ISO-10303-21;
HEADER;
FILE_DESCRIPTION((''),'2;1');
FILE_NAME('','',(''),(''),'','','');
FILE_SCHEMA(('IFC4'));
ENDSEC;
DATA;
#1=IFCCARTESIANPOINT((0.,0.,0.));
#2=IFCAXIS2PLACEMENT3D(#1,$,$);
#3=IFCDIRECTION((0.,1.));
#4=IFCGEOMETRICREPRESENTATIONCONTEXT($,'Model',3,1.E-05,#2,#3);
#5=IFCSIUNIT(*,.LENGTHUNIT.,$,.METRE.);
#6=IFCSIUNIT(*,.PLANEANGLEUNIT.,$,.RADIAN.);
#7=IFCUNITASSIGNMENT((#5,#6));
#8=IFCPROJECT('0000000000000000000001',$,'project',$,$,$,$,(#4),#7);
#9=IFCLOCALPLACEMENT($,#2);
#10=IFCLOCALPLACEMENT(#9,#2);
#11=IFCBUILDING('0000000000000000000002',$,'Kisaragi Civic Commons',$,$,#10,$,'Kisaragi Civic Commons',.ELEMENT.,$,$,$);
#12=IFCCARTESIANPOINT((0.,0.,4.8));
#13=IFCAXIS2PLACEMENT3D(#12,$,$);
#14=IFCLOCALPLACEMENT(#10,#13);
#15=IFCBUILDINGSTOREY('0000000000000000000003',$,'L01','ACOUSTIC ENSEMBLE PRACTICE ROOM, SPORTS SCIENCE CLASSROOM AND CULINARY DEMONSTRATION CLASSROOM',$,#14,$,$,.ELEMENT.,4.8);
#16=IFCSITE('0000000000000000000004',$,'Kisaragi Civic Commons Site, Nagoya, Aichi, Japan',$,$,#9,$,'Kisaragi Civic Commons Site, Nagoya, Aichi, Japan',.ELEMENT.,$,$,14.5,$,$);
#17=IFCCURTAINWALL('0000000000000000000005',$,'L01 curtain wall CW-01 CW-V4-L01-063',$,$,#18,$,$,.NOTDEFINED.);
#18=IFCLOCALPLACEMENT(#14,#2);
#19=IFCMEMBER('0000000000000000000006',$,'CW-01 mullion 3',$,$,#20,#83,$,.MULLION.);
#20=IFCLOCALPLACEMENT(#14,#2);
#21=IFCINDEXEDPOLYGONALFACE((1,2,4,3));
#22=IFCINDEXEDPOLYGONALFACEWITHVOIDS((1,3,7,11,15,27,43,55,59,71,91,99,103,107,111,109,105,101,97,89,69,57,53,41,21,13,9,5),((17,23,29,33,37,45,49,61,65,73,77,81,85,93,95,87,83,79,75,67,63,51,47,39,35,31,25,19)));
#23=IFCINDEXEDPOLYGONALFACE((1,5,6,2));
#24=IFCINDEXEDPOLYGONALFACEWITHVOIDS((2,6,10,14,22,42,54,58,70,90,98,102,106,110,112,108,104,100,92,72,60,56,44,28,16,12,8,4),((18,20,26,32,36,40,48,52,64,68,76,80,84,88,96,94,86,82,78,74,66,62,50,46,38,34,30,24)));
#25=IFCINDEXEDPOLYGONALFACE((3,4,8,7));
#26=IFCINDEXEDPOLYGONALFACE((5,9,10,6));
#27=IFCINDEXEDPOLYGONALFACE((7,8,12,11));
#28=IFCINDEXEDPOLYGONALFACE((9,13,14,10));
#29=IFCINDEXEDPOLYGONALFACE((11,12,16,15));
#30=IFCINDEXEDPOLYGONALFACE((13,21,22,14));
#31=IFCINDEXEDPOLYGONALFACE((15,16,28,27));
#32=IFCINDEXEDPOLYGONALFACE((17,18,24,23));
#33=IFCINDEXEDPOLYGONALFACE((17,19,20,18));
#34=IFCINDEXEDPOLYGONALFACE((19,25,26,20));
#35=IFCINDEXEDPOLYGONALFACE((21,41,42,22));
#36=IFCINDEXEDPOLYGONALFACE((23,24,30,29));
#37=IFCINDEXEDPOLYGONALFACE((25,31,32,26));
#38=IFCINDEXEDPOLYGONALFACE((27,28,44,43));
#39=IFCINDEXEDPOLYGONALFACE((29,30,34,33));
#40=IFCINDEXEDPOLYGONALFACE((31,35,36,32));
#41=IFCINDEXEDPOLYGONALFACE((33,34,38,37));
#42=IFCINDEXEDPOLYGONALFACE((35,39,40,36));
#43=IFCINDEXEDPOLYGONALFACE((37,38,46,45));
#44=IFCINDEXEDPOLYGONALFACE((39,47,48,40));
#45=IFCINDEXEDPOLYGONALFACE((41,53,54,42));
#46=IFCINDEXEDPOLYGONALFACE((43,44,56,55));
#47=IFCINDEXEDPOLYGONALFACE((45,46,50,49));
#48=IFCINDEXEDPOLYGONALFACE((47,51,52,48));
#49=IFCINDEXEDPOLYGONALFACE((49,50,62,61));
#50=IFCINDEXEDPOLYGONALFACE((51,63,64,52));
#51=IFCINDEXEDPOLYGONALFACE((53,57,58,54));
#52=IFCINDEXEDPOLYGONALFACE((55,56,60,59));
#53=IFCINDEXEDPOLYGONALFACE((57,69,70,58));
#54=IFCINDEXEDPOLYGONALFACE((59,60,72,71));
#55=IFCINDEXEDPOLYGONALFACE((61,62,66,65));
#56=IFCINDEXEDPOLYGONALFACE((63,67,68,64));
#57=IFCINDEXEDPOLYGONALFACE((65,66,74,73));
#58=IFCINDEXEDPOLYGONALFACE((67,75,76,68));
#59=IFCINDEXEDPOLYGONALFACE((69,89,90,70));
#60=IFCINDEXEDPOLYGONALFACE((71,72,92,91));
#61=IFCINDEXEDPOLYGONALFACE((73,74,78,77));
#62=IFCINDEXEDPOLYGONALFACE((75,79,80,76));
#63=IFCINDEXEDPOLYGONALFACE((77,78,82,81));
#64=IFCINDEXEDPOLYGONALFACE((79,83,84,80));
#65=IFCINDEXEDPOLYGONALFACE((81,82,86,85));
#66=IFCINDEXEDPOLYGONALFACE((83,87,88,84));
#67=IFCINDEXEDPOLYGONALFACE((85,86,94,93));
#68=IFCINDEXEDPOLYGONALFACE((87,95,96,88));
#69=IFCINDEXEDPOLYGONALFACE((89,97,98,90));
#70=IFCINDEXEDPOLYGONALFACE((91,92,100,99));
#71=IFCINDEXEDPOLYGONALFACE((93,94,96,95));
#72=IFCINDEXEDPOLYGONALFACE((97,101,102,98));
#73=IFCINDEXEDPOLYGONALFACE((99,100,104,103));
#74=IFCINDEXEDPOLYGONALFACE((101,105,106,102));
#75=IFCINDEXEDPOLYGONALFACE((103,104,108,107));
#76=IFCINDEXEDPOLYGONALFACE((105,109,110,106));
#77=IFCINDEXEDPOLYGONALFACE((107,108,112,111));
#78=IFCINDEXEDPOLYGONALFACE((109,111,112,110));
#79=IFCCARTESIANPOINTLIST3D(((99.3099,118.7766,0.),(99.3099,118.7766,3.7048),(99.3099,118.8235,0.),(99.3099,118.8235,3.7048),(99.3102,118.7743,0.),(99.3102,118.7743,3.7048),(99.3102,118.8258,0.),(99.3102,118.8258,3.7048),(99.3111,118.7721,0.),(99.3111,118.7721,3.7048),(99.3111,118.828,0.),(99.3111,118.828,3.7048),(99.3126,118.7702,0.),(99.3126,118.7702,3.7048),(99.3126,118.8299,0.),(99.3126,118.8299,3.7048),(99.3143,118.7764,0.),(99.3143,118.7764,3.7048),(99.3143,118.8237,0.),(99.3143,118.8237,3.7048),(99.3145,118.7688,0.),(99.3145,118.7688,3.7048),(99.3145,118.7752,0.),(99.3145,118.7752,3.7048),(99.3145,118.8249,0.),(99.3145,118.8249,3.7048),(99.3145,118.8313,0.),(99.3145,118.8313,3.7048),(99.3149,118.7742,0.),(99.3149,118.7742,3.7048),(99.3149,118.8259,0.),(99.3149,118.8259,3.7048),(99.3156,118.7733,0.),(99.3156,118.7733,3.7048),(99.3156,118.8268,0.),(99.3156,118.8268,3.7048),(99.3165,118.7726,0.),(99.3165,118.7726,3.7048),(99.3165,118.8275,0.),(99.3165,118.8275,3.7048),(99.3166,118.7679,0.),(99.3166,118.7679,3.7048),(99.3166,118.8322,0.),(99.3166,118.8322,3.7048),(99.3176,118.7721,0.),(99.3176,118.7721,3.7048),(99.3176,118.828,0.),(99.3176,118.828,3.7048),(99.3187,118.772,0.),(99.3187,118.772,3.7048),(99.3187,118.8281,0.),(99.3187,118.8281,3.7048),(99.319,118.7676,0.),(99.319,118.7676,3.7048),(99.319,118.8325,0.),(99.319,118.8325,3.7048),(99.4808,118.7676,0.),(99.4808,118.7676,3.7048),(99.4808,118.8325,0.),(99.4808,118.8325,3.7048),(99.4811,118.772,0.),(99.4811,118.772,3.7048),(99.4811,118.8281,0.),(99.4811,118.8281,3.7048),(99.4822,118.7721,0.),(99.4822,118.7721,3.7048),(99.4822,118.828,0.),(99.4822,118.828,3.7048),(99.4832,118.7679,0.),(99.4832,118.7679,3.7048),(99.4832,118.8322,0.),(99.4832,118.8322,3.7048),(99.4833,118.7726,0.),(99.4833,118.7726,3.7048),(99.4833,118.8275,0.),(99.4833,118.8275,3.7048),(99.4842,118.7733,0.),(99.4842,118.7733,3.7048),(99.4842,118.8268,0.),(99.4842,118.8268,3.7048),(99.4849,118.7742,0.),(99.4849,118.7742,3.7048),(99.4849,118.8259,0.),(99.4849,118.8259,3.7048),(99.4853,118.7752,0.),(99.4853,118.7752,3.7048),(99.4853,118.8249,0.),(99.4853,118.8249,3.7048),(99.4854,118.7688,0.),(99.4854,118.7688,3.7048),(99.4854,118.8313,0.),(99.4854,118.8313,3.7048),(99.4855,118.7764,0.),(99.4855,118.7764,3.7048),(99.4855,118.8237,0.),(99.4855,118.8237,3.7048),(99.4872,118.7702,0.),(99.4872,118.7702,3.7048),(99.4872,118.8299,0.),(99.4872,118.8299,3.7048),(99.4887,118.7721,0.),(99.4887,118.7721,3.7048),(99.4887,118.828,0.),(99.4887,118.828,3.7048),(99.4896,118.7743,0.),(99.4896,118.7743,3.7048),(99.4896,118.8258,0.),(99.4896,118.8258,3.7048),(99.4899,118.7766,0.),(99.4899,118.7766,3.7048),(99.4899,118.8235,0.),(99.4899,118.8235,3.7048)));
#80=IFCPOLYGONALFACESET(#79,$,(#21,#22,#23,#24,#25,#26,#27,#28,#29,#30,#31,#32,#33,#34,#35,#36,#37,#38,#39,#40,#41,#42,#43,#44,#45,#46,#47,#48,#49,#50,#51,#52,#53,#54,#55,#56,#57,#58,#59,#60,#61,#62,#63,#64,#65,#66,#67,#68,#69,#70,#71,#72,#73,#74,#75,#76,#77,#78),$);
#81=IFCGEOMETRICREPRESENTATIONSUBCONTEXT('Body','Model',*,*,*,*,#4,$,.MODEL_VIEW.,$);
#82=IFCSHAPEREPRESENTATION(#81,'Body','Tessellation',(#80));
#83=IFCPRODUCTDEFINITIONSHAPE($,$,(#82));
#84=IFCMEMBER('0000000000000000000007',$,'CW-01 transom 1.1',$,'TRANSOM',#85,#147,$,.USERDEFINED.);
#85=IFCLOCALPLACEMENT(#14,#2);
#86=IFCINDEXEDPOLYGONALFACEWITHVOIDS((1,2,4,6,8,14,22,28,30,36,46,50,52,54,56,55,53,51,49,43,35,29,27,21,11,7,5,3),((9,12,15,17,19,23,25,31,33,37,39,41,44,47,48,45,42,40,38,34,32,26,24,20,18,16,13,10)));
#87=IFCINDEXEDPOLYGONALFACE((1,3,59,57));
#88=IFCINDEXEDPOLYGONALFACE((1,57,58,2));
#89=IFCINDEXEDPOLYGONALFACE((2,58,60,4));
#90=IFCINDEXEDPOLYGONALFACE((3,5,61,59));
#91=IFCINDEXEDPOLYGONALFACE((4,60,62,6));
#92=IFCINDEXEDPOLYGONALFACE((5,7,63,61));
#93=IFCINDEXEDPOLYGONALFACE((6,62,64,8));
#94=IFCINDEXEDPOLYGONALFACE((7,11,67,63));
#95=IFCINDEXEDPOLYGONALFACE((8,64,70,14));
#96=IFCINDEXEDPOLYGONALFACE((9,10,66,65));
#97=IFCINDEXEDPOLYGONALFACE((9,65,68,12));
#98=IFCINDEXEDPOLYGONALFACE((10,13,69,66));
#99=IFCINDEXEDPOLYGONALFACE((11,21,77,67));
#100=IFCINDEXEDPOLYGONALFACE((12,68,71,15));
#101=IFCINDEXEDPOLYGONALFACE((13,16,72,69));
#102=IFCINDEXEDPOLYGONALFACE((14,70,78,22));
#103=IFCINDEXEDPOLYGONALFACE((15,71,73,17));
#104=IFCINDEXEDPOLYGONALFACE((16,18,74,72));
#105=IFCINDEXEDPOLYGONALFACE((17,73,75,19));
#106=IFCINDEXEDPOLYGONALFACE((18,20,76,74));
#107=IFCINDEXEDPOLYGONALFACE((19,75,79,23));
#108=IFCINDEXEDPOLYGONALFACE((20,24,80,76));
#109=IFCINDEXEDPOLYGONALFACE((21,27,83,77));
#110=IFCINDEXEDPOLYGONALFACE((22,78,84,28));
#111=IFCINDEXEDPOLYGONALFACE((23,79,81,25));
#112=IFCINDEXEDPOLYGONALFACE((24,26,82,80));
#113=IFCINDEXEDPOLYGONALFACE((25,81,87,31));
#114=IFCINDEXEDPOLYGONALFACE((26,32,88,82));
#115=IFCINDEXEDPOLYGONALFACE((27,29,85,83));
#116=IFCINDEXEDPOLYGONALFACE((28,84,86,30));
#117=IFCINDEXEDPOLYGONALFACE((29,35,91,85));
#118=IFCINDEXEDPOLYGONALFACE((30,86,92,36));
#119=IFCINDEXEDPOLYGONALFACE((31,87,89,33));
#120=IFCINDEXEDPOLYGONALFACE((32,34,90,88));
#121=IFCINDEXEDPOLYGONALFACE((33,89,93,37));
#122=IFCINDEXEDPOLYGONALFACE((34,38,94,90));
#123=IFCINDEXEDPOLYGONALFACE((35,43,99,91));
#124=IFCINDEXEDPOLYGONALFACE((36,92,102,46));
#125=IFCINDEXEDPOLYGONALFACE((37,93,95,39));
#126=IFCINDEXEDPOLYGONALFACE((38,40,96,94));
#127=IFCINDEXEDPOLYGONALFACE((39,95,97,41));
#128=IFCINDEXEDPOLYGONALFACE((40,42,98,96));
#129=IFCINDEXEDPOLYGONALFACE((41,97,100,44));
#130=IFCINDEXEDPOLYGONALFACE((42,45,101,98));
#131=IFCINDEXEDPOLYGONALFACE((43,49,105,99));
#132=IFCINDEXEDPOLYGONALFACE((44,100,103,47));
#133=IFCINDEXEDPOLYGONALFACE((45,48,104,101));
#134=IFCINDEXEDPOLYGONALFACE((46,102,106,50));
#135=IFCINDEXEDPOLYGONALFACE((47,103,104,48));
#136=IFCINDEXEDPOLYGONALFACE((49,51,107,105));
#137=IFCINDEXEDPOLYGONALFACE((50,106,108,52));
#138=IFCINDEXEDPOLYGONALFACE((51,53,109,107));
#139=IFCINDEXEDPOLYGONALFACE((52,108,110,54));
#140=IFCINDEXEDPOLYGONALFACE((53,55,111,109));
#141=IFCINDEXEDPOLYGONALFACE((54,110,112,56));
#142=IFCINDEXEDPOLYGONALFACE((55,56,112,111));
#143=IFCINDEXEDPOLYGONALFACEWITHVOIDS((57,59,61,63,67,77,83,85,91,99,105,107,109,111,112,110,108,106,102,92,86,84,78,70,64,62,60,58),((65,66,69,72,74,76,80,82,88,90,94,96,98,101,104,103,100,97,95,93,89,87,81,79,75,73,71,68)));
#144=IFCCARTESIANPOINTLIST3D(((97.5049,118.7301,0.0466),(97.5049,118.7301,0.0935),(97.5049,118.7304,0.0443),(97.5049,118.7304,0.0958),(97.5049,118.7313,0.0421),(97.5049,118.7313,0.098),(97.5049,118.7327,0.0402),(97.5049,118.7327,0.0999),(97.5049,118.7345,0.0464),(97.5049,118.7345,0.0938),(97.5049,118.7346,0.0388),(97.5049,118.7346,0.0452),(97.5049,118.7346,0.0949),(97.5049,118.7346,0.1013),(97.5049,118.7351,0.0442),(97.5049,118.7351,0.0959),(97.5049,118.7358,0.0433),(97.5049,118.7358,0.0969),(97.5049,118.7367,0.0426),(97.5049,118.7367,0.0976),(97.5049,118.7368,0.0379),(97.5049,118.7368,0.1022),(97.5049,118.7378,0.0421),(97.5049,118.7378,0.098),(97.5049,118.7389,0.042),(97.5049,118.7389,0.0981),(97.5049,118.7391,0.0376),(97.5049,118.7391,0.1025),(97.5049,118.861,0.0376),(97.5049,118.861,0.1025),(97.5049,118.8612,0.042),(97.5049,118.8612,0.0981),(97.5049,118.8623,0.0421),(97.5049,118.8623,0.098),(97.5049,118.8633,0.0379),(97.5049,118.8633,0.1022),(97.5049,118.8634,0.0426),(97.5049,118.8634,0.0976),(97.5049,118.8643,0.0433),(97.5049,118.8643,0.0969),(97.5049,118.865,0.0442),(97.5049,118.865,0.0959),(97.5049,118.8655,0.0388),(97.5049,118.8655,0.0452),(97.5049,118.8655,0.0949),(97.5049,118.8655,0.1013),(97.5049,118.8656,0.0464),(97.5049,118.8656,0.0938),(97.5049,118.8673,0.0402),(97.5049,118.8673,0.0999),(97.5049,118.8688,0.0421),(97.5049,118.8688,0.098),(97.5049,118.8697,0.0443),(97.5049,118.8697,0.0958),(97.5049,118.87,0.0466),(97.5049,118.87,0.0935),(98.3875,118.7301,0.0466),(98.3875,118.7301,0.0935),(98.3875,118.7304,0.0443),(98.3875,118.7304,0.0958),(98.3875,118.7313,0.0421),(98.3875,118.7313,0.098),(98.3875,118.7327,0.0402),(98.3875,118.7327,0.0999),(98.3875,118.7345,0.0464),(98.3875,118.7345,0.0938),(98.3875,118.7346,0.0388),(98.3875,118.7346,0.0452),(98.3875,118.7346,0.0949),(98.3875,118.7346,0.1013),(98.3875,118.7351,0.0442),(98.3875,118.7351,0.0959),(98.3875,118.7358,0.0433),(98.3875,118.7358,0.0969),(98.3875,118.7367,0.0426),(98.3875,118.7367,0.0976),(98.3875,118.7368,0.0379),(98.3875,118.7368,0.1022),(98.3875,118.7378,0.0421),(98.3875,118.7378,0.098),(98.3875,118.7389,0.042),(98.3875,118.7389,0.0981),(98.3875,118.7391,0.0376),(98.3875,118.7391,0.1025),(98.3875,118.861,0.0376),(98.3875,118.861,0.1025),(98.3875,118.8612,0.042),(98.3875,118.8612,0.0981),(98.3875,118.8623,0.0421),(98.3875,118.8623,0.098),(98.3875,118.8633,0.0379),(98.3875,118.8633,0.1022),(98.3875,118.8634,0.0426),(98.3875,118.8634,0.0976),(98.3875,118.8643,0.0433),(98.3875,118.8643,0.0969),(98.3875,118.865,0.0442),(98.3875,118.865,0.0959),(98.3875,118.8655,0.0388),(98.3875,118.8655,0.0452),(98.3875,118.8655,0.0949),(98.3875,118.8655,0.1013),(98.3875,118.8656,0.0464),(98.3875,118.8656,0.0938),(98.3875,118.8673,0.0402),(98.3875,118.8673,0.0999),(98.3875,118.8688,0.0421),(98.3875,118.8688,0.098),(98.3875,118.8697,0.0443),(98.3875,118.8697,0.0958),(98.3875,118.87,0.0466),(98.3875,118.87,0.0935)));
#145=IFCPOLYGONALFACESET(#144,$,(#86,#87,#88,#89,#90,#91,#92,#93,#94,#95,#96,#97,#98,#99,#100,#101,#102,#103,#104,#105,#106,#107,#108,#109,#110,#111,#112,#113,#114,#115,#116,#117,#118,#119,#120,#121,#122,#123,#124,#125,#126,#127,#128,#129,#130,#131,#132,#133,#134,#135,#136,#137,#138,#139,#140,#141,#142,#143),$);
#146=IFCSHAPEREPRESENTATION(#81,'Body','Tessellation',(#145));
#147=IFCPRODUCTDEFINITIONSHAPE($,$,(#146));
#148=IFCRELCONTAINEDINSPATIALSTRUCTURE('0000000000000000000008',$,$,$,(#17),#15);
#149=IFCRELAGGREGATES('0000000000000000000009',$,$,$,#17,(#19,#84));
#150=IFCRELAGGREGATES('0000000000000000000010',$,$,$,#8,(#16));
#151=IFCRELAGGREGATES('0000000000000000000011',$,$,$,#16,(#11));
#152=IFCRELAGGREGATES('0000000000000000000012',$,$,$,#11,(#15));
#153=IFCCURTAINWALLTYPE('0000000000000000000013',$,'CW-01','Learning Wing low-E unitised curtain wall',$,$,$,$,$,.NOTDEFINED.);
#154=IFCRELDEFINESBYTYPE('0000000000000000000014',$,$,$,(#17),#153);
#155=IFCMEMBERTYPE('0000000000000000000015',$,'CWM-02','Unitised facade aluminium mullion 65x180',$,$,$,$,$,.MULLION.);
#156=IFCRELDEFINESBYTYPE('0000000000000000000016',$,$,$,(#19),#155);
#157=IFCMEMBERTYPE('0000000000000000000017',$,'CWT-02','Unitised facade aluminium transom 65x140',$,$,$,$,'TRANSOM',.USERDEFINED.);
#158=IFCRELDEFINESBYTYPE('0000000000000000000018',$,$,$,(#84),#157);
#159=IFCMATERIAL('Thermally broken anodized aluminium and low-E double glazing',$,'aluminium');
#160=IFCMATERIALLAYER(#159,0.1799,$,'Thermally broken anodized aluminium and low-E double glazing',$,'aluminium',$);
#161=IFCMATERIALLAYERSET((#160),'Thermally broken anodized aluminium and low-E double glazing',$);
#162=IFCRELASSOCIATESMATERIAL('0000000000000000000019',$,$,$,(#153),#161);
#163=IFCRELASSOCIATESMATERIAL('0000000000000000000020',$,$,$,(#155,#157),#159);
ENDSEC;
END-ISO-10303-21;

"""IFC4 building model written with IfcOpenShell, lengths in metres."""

from ifc_helpers import new_model, si_unit, direction, frame, origin, origin_2d, place, context, subcontext, project, spatial, hollow_rectangle, extrude, material, layer, layer_set, material_profile, profile_set, type_object, element, aggregate, save


model = new_model("IFC4")

# Units and contexts
model_context = context("Model", 3, precision=1e-05, world=origin(), true_north=direction((0.0, 1.0)))
body_context = subcontext(model_context, "Body", "Model", "MODEL_VIEW")
ifc_project = project(units=[si_unit("LENGTHUNIT", "METRE"), si_unit("PLANEANGLEUNIT", "RADIAN")], contexts=[model_context])

# Site, building, storey
site_placement = place(None, origin())
site = spatial("IfcSite", under=ifc_project, at=site_placement, Name="Kisaragi Civic Commons Site, Nagoya, Aichi, Japan", LongName="Kisaragi Civic Commons Site, Nagoya, Aichi, Japan", CompositionType="ELEMENT", RefElevation=14.5)
building_placement = place(site_placement, origin())
building = spatial("IfcBuilding", under=site, at=building_placement, Name="Kisaragi Civic Commons", LongName="Kisaragi Civic Commons", CompositionType="ELEMENT")
storey_placement = place(building_placement, frame((0.0, 0.0, 4.8)))
storey = spatial("IfcBuildingStorey", under=building, at=storey_placement, Name="L01", Description="ACOUSTIC ENSEMBLE PRACTICE ROOM, SPORTS SCIENCE CLASSROOM AND CULINARY DEMONSTRATION CLASSROOM", CompositionType="ELEMENT", Elevation=4.8)

# Curtain wall, members
ifc_material = material(Name="Thermally broken anodized aluminium and low-E double glazing", Category="aluminium")
ifc_layer_1 = layer(ifc_material, 0.1799, Name="Thermally broken anodized aluminium and low-E double glazing", Category="aluminium")
ifc_layer_set_1 = layer_set([ifc_layer_1], Name="Thermally broken anodized aluminium and low-E double glazing")
curtain_wall_type = type_object("IfcCurtainWallType", Name="CW-01", Description="Learning Wing low-E unitised curtain wall", PredefinedType="NOTDEFINED", material=ifc_layer_set_1)
curtain_wall_placement = place(storey_placement, origin())
curtain_wall = element("IfcCurtainWall", 1, at=curtain_wall_placement, inside=storey, type_object=curtain_wall_type, Name="L01 curtain wall CW-01 CW-V4-L01-063", PredefinedType="NOTDEFINED")
ifc_material_profile_1 = material_profile(ifc_material, hollow_rectangle(XDim=0.0649, YDim=0.1799, WallThickness=0.0044, InnerFilletRadius=0.0044, OuterFilletRadius=0.009, at=origin_2d()), Name="CWM-65x180x4.5", Category="aluminium")
ifc_profile_set_1 = profile_set([ifc_material_profile_1], Name="Thermally broken anodized aluminium and low-E double glazing")
member_type_1 = type_object("IfcMemberType", Name="CWM-02", Description="Unitised facade aluminium mullion 65x180", PredefinedType="MULLION", material=ifc_profile_set_1)
member_1_placement = place(storey_placement, frame((99.3999, 118.8, 0.0), z_axis=(0.0, 0.0, 1.0), x_axis=(0.0, 1.0, 0.0)))
member_1 = element("IfcMember", 2, at=member_1_placement, type_object=member_type_1, Name="CW-01 mullion 3", PredefinedType="MULLION", context=body_context, shape_type="SweptSolid", body=[
    extrude(hollow_rectangle(XDim=0.0649, YDim=0.1799, WallThickness=0.0044, InnerFilletRadius=0.0044, OuterFilletRadius=0.009, at=origin_2d()), origin(), (0.0, 0.0, 1.0), 3.7048),
])
ifc_material_profile_2 = material_profile(ifc_material, hollow_rectangle(XDim=0.1399, YDim=0.0649, WallThickness=0.0044, InnerFilletRadius=0.0044, OuterFilletRadius=0.009, at=origin_2d()), Name="CWT-65x140x4.5", Category="aluminium")
ifc_profile_set_2 = profile_set([ifc_material_profile_2], Name="Thermally broken anodized aluminium and low-E double glazing")
member_type_2 = type_object("IfcMemberType", Name="CWT-02", Description="Unitised facade aluminium transom 65x140", ElementType="TRANSOM", PredefinedType="USERDEFINED", material=ifc_profile_set_2)
member_2_placement = place(storey_placement, frame((97.5049, 118.8, 0.0701), z_axis=(1.0, 0.0, 0.0), x_axis=(0.0, 1.0, 0.0)))
member_2 = element("IfcMember", 3, at=member_2_placement, type_object=member_type_2, Name="CW-01 transom 1.1", ObjectType="TRANSOM", PredefinedType="USERDEFINED", context=body_context, shape_type="SweptSolid", body=[
    extrude(hollow_rectangle(XDim=0.1399, YDim=0.0649, WallThickness=0.0044, InnerFilletRadius=0.0044, OuterFilletRadius=0.009, at=origin_2d()), origin(), (0.0, 0.0, 1.0), 0.8826),
])
aggregate(curtain_wall, [member_1, member_2])

save(model, "model.ifc")
